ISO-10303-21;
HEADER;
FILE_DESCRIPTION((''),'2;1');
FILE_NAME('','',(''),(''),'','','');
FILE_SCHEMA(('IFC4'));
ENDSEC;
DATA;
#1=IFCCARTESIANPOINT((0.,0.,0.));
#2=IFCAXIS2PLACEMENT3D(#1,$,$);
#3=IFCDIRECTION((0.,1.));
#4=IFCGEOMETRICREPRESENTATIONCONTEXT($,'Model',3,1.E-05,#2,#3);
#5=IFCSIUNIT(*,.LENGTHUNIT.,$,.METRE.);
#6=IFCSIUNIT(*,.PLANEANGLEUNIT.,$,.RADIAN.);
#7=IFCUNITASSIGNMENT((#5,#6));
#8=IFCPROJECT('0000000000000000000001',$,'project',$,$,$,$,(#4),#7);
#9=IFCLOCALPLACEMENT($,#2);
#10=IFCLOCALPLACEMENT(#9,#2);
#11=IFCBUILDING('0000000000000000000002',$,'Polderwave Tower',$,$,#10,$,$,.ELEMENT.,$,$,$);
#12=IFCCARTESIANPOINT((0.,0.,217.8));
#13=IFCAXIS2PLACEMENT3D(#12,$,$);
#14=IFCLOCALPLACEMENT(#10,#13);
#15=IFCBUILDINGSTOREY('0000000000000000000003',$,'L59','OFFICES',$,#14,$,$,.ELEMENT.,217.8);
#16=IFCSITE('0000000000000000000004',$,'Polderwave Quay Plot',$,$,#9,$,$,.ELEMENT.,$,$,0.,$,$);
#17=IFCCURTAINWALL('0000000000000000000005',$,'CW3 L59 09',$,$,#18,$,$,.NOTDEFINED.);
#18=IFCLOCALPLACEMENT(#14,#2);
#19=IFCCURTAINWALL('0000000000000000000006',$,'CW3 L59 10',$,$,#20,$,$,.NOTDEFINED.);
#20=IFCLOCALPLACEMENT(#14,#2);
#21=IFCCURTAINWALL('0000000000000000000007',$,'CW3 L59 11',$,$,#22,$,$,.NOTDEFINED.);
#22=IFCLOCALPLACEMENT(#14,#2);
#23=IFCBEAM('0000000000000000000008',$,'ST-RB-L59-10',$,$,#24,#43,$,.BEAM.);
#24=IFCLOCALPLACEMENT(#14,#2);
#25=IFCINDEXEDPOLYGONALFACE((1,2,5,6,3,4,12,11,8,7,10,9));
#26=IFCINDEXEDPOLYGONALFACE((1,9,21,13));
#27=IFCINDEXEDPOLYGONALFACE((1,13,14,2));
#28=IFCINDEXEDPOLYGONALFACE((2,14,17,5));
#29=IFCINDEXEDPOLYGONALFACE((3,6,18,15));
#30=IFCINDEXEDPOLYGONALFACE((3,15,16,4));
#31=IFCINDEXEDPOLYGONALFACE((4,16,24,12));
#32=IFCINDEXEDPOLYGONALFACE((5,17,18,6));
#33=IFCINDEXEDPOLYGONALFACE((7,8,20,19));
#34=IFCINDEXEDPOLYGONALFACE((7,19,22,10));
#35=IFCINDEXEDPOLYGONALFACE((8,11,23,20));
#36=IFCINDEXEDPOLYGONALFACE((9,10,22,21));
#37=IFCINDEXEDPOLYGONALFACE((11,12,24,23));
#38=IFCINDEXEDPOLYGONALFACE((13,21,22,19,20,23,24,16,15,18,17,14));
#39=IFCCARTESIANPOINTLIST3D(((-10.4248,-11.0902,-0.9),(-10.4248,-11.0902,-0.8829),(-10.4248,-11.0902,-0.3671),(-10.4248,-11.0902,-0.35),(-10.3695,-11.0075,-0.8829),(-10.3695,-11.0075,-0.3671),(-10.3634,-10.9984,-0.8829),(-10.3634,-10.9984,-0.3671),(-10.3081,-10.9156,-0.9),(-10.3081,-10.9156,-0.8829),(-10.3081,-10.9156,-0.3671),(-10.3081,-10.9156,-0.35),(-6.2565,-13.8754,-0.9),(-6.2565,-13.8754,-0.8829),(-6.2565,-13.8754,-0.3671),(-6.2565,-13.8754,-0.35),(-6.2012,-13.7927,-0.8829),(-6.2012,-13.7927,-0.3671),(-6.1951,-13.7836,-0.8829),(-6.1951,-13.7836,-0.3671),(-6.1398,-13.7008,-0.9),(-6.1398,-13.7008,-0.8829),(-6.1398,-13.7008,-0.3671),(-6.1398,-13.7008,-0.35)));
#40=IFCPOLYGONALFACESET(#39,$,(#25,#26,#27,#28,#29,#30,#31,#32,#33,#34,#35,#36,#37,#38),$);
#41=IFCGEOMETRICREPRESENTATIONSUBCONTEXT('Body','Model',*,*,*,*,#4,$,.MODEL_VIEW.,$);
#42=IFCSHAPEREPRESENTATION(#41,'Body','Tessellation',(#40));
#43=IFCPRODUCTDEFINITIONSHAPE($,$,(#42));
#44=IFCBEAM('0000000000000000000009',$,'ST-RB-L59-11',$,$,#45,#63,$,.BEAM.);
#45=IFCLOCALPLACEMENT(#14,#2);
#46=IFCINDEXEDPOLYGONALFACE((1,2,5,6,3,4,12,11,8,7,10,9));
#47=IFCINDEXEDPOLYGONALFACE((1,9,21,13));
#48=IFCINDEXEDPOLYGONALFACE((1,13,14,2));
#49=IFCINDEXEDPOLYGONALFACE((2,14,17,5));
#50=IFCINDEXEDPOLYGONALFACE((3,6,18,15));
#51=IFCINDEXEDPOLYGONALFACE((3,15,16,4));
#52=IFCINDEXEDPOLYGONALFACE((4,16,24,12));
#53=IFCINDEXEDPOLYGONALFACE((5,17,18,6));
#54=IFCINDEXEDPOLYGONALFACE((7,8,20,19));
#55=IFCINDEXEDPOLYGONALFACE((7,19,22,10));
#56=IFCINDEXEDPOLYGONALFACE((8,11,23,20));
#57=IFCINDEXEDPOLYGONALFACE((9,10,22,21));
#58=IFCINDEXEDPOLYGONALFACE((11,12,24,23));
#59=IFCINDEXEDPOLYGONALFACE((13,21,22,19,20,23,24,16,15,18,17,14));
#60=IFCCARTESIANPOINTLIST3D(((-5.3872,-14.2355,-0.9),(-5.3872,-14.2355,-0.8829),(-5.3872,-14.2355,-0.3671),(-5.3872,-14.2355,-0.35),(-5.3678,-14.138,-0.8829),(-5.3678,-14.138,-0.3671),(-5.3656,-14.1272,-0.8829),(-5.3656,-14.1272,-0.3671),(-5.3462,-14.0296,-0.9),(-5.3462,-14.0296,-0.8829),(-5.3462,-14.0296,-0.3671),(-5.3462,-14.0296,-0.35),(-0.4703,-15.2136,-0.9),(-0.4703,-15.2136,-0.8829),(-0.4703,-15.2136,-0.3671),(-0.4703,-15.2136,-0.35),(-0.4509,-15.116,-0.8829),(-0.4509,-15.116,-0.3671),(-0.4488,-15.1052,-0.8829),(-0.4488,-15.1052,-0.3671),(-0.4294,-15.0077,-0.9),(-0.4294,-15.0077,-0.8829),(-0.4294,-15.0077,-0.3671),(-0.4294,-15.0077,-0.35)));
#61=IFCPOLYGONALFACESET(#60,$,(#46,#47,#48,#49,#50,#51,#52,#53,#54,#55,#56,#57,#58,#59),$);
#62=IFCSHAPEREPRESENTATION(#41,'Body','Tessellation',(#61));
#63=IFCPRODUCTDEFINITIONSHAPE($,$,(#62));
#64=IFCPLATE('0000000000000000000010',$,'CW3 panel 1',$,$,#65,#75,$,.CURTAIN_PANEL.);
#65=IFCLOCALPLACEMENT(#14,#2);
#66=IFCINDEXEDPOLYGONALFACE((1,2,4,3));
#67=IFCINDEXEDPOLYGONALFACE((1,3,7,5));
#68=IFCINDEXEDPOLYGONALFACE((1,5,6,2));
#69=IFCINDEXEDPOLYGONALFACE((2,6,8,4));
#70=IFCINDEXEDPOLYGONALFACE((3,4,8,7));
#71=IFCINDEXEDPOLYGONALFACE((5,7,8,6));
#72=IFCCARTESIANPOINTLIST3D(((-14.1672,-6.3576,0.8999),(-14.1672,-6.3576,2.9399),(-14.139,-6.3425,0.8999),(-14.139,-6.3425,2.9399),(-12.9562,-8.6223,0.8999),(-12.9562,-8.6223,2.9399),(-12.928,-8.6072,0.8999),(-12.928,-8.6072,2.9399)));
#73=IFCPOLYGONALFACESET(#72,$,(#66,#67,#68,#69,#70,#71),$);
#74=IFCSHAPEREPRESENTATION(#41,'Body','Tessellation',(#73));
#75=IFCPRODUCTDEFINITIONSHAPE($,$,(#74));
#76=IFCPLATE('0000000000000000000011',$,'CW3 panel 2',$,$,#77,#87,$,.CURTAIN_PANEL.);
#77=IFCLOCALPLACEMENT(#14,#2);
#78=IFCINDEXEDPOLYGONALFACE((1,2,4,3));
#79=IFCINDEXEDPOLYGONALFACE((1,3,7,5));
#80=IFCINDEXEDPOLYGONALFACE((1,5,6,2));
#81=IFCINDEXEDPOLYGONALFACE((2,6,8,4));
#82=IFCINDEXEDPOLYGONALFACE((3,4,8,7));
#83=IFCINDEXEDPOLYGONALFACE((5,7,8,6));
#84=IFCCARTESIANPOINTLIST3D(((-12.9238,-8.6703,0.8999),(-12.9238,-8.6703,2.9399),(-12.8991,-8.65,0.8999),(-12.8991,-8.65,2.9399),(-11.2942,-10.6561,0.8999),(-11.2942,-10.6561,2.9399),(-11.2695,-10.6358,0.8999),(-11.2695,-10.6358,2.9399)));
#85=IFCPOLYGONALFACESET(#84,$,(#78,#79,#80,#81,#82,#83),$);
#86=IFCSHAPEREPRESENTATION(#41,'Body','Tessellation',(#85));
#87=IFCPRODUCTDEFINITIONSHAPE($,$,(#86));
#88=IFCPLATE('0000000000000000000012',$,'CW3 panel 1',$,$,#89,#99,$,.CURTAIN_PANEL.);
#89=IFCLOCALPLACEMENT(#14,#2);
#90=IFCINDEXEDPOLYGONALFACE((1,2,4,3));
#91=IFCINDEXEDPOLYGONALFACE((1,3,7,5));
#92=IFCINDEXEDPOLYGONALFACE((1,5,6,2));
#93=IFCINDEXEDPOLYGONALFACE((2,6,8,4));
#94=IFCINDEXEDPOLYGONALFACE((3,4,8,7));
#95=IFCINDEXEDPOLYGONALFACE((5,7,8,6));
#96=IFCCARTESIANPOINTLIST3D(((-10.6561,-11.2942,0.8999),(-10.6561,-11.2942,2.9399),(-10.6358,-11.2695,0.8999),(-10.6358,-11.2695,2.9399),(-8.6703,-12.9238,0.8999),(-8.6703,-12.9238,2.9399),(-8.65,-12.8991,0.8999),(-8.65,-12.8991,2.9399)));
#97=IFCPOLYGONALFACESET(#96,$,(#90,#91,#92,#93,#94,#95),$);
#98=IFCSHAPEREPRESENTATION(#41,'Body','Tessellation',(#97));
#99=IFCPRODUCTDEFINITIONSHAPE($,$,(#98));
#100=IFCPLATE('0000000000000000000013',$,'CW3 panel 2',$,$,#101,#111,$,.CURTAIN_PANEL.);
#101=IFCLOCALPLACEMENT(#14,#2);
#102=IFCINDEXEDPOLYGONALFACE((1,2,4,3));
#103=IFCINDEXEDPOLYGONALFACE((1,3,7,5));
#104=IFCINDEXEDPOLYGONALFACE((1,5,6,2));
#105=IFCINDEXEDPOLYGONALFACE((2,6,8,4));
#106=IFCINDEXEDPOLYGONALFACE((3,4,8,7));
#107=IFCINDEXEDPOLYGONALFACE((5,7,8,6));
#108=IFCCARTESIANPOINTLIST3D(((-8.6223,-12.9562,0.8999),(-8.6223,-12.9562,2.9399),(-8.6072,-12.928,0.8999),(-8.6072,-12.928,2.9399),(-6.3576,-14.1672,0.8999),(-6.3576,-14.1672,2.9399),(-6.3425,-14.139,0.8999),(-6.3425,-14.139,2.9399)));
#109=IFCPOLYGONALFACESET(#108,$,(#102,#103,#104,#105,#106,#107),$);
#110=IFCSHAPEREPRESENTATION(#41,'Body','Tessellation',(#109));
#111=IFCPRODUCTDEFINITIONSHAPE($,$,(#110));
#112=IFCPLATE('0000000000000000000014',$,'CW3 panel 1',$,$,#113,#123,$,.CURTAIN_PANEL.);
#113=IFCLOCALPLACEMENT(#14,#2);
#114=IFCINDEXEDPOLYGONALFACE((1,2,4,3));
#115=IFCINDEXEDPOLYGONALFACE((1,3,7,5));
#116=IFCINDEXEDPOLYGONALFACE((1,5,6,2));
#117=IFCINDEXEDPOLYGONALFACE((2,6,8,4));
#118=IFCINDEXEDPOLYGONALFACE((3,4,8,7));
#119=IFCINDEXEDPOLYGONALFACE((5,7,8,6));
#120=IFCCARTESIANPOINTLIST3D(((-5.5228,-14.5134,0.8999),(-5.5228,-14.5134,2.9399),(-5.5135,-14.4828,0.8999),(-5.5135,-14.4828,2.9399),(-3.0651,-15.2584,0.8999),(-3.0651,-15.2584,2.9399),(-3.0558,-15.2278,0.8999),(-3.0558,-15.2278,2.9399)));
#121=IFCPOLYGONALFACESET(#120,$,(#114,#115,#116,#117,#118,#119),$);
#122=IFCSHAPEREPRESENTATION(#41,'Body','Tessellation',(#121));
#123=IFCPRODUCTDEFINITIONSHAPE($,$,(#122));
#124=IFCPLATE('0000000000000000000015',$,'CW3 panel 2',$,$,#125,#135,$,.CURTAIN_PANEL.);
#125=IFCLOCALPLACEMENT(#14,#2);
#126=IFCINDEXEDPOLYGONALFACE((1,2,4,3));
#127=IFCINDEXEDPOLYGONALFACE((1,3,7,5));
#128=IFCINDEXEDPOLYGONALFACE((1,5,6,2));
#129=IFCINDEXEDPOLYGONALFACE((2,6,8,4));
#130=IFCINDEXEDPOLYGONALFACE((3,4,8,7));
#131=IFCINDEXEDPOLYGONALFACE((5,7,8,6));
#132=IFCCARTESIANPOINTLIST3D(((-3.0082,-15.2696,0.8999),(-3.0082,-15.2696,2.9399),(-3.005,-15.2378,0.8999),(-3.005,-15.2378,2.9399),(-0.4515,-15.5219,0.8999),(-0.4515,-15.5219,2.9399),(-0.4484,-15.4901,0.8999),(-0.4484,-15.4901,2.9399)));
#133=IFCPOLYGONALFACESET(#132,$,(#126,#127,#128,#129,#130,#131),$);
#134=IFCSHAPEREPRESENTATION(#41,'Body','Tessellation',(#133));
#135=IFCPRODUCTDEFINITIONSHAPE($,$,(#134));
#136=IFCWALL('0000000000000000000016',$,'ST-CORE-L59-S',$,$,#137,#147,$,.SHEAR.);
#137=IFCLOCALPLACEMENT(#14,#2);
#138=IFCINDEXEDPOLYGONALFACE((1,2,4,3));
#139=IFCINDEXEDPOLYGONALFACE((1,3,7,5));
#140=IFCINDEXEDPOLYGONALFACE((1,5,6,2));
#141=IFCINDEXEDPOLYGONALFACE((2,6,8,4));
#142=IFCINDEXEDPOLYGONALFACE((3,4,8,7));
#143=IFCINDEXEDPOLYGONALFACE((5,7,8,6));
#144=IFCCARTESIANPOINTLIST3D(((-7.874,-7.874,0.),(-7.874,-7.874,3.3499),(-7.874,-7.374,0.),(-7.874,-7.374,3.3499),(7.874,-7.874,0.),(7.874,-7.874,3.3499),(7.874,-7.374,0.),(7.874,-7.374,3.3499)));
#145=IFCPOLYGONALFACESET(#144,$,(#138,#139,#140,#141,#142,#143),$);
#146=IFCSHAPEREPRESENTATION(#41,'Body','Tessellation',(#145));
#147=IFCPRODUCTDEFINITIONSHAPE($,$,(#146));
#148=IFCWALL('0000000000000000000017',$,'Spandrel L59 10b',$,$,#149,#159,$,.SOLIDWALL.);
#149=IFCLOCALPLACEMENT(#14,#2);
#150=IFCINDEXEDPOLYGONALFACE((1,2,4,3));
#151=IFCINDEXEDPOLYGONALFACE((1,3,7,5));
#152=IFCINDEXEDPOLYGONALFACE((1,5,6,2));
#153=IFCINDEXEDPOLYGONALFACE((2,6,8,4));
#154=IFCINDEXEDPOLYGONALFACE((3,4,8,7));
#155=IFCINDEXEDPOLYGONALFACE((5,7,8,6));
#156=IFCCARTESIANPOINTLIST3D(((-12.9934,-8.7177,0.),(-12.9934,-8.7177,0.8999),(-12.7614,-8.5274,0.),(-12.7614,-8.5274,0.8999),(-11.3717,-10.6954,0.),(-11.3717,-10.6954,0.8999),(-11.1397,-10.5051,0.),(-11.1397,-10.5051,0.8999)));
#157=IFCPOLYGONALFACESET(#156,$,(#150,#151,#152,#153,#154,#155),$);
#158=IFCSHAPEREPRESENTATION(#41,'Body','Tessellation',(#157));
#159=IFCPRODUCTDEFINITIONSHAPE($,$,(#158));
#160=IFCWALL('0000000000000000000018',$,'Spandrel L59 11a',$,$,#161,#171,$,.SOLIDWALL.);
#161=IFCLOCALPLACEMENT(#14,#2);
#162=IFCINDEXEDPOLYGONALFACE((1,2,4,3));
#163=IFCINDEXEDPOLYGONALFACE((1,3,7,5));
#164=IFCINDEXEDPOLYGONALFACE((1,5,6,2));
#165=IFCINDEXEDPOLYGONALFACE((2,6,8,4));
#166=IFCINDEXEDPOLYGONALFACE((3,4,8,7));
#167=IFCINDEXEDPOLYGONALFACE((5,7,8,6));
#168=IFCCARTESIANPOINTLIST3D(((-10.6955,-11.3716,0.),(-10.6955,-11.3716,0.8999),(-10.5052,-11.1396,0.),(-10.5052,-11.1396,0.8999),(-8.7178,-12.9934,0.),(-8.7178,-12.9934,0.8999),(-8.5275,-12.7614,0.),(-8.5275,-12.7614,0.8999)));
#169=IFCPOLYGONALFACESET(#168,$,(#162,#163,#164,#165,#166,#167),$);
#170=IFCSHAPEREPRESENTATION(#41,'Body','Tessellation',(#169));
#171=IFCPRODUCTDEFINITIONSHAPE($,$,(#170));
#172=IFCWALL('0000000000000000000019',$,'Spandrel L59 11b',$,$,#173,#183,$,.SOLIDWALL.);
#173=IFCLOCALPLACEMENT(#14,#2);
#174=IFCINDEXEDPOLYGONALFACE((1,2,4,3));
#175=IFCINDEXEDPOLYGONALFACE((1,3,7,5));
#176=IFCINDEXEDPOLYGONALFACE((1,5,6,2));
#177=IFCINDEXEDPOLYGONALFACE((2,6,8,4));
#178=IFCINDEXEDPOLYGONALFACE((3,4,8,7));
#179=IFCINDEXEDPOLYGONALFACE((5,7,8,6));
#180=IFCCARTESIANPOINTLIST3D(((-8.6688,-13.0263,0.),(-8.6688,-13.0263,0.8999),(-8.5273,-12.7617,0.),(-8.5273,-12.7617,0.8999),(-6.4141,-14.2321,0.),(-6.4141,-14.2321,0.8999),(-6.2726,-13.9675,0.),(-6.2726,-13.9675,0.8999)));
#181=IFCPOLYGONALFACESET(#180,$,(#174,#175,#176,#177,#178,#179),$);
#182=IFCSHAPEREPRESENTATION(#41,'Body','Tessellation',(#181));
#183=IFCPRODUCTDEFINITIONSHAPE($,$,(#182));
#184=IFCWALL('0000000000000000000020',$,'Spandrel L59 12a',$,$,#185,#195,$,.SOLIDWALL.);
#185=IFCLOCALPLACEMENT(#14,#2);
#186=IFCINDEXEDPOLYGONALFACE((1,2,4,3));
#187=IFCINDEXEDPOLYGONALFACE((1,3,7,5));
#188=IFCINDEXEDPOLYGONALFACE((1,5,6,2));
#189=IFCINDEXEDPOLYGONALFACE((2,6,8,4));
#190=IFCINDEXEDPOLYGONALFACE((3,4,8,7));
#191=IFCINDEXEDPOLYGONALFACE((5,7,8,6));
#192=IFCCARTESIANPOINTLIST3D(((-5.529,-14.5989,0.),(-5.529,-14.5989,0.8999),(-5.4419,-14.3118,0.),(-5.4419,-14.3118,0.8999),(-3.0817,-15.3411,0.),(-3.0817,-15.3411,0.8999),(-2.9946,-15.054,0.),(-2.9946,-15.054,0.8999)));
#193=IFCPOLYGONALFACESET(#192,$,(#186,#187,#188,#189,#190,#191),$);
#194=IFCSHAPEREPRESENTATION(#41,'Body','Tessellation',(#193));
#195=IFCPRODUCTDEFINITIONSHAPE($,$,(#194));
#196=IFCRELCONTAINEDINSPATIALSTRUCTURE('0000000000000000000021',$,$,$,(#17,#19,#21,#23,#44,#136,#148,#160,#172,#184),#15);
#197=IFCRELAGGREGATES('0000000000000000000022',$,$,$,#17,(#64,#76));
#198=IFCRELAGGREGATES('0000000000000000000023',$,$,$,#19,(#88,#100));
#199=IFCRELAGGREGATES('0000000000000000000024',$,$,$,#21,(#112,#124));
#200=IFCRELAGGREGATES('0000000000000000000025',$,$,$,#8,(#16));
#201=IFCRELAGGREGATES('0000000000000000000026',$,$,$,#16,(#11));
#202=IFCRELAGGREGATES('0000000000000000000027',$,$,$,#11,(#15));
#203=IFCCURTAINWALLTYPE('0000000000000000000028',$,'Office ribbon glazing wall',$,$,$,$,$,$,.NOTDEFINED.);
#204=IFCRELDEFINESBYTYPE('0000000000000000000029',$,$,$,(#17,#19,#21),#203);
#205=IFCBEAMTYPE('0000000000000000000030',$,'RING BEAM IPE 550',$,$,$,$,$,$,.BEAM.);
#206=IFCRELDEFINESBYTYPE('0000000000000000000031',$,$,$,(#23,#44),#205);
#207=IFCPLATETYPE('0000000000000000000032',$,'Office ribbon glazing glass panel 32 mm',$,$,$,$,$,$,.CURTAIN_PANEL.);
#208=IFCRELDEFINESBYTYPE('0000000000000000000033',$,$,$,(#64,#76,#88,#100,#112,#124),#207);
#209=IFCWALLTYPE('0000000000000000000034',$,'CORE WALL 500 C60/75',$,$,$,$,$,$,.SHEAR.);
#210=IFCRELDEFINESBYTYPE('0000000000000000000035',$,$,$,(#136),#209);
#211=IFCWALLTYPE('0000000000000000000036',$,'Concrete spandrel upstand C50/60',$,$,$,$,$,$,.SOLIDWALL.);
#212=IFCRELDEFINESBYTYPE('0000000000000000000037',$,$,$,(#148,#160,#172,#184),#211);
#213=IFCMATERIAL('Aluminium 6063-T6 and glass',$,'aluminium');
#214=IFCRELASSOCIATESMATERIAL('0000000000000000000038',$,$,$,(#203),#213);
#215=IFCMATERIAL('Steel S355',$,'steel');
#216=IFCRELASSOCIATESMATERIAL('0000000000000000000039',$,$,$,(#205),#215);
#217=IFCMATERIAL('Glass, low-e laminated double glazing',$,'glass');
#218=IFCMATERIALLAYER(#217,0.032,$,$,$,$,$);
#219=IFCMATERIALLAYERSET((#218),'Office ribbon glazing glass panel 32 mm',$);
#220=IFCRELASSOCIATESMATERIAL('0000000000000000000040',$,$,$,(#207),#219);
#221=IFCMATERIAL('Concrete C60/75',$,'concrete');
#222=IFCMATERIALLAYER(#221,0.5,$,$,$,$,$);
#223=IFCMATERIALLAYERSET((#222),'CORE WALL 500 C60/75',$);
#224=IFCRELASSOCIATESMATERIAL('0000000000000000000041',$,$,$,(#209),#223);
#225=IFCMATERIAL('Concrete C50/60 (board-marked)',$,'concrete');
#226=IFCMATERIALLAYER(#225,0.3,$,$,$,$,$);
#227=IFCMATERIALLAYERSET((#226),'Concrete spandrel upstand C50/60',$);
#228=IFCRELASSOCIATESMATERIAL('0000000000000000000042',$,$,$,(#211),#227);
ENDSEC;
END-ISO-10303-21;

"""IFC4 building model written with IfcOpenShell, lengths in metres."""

from ifc_helpers import new_model, si_unit, direction, frame, frame_2d, origin, origin_2d, place, context, subcontext, project, spatial, rectangle, i_section, extrude, material, layer, layer_set, material_profile, profile_set, type_object, element, aggregate, save


model = new_model("IFC4")

# Units and contexts
model_context = context("Model", 3, precision=1e-05, world=origin(), true_north=direction((0.0, 1.0)))
body_context = subcontext(model_context, "Body", "Model", "MODEL_VIEW")
ifc_project = project(units=[si_unit("LENGTHUNIT", "METRE"), si_unit("PLANEANGLEUNIT", "RADIAN")], contexts=[model_context])

# Site, building, storey
site_placement = place(None, origin())
site = spatial("IfcSite", under=ifc_project, at=site_placement, Name="Polderwave Quay Plot", CompositionType="ELEMENT", RefElevation=0.0)
building_placement = place(site_placement, origin())
building = spatial("IfcBuilding", under=site, at=building_placement, Name="Polderwave Tower", CompositionType="ELEMENT")
storey_placement = place(building_placement, frame((0.0, 0.0, 217.8)))
storey = spatial("IfcBuildingStorey", under=building, at=storey_placement, Name="L59", Description="OFFICES", CompositionType="ELEMENT", Elevation=217.8)

# Shared definitions
ifc_material_1 = material(Name="Concrete C60/75", Category="concrete")

# Curtain walls
ifc_material_2 = material(Name="Aluminium 6063-T6 and glass", Category="aluminium")
curtain_wall_type = type_object("IfcCurtainWallType", Name="Office ribbon glazing wall", PredefinedType="NOTDEFINED", material=ifc_material_2)
curtain_wall_1_placement = place(storey_placement, origin())
curtain_wall_1 = element("IfcCurtainWall", 1, at=curtain_wall_1_placement, inside=storey, type_object=curtain_wall_type, Name="CW3 L59 09", PredefinedType="NOTDEFINED")
curtain_wall_2_placement = place(storey_placement, origin())
curtain_wall_2 = element("IfcCurtainWall", 2, at=curtain_wall_2_placement, inside=storey, type_object=curtain_wall_type, Name="CW3 L59 10", PredefinedType="NOTDEFINED")
curtain_wall_3_placement = place(storey_placement, origin())
curtain_wall_3 = element("IfcCurtainWall", 3, at=curtain_wall_3_placement, inside=storey, type_object=curtain_wall_type, Name="CW3 L59 11", PredefinedType="NOTDEFINED")

# Beams
ifc_material_3 = material(Name="Steel S355", Category="steel")
ifc_material_profile_1 = material_profile(ifc_material_3, i_section(OverallWidth=0.21, OverallDepth=0.55, WebThickness=0.011, FlangeThickness=0.0171, at=origin_2d()), Name="IPE 550")
ifc_profile_set_1 = profile_set([ifc_material_profile_1], Name="Steel S355")
beam_type = type_object("IfcBeamType", Name="RING BEAM IPE 550", PredefinedType="BEAM", material=ifc_profile_set_1)
for number, where, z_axis, x_axis, name in (
    (4, (-10.3665, -11.0029, -0.625), (0.831465, -0.555576, 0.0), (0.555576, 0.831465, 0.0), "ST-RB-L59-10"),
    (5, (-5.3667, -14.1326, -0.625), (0.980784, -0.195095, 0.0), (0.195095, 0.980784, 0.0), "ST-RB-L59-11"),
):
    element("IfcBeam", number, at=place(storey_placement, frame(where, z_axis=z_axis, x_axis=x_axis)), inside=storey, type_object=beam_type, Name=name, PredefinedType="BEAM", context=body_context, shape_type="SweptSolid", body=[
        extrude(i_section(OverallWidth=0.21, OverallDepth=0.55, WebThickness=0.011, FlangeThickness=0.0171, at=origin_2d()), origin(), (0.0, 0.0, 1.0), 5.0132),
    ])

# Plates
ifc_material_4 = material(Name="Glass, low-e laminated double glazing", Category="glass")
ifc_layer_1 = layer(ifc_material_4, 0.032)
ifc_layer_set_1 = layer_set([ifc_layer_1], Name="Office ribbon glazing glass panel 32 mm")
plate_type = type_object("IfcPlateType", Name="Office ribbon glazing glass panel 32 mm", PredefinedType="CURTAIN_PANEL", material=ifc_layer_set_1)
plate_1_placement = place(storey_placement, frame((-13.5476, -7.4824, 0.8999), z_axis=(0.0, 0.0, 1.0), x_axis=(0.471548, -0.881841, 0.0)))
plate_1 = element("IfcPlate", 6, at=plate_1_placement, type_object=plate_type, Name="CW3 panel 1", PredefinedType="CURTAIN_PANEL", context=body_context, shape_type="SweptSolid", body=[
    extrude(rectangle(XDim=2.5681, YDim=0.032, at=origin_2d()), origin(), (0.0, 0.0, 1.0), 2.04),
])
plate_2_placement = place(storey_placement, frame((-12.0967, -9.6531, 0.8999), z_axis=(0.0, 0.0, 1.0), x_axis=(0.63437, -0.773029, 0.0)))
plate_2 = element("IfcPlate", 7, at=plate_2_placement, type_object=plate_type, Name="CW3 panel 2", PredefinedType="CURTAIN_PANEL", context=body_context, shape_type="SweptSolid", body=[
    extrude(rectangle(XDim=2.5688, YDim=0.032, at=origin_2d()), origin(), (0.0, 0.0, 1.0), 2.04),
])
aggregate(curtain_wall_1, [plate_1, plate_2])
plate_3_placement = place(storey_placement, frame((-9.6531, -12.0967, 0.8999), z_axis=(0.0, 0.0, 1.0), x_axis=(0.773029, -0.63437, 0.0)))
plate_3 = element("IfcPlate", 8, at=plate_3_placement, type_object=plate_type, Name="CW3 panel 1", PredefinedType="CURTAIN_PANEL", context=body_context, shape_type="SweptSolid", body=[
    extrude(rectangle(XDim=2.5688, YDim=0.032, at=origin_2d()), origin(), (0.0, 0.0, 1.0), 2.04),
])
plate_4_placement = place(storey_placement, frame((-7.4824, -13.5476, 0.8999), z_axis=(0.0, 0.0, 1.0), x_axis=(0.881841, -0.471548, 0.0)))
plate_4 = element("IfcPlate", 9, at=plate_4_placement, type_object=plate_type, Name="CW3 panel 2", PredefinedType="CURTAIN_PANEL", context=body_context, shape_type="SweptSolid", body=[
    extrude(rectangle(XDim=2.5681, YDim=0.032, at=origin_2d()), origin(), (0.0, 0.0, 1.0), 2.04),
])
aggregate(curtain_wall_2, [plate_3, plate_4])
plate_5_placement = place(storey_placement, frame((-4.2893, -14.8706, 0.8999), z_axis=(0.0, 0.0, 1.0), x_axis=(0.956995, -0.290104, 0.0)))
plate_5 = element("IfcPlate", 10, at=plate_5_placement, type_object=plate_type, Name="CW3 panel 1", PredefinedType="CURTAIN_PANEL", context=body_context, shape_type="SweptSolid", body=[
    extrude(rectangle(XDim=2.5681, YDim=0.032, at=origin_2d()), origin(), (0.0, 0.0, 1.0), 2.04),
])
plate_6_placement = place(storey_placement, frame((-1.7283, -15.3799, 0.8999), z_axis=(0.0, 0.0, 1.0), x_axis=(0.995166, -0.098206, 0.0)))
plate_6 = element("IfcPlate", 11, at=plate_6_placement, type_object=plate_type, Name="CW3 panel 2", PredefinedType="CURTAIN_PANEL", context=body_context, shape_type="SweptSolid", body=[
    extrude(rectangle(XDim=2.5691, YDim=0.032, at=origin_2d()), origin(), (0.0, 0.0, 1.0), 2.04),
])
aggregate(curtain_wall_3, [plate_5, plate_6])

# Walls
ifc_layer_2 = layer(ifc_material_1, 0.5)
ifc_layer_set_2 = layer_set([ifc_layer_2], Name="CORE WALL 500 C60/75")
wall_type_1 = type_object("IfcWallType", Name="CORE WALL 500 C60/75", PredefinedType="SHEAR", material=ifc_layer_set_2)
wall_1_placement = place(storey_placement, frame((-7.874, -7.624, 0.0), z_axis=(0.0, 0.0, 1.0), x_axis=(1.0, 0.0, 0.0)))
element("IfcWall", 12, at=wall_1_placement, inside=storey, type_object=wall_type_1, Name="ST-CORE-L59-S", PredefinedType="SHEAR", context=body_context, shape_type="SweptSolid", body=[
    extrude(rectangle(XDim=15.748, YDim=0.5, at=frame_2d((7.874, 0.0))), origin(), (0.0, 0.0, 1.0), 3.3499),
])
ifc_material_5 = material(Name="Concrete C50/60 (board-marked)", Category="concrete")
ifc_layer_3 = layer(ifc_material_5, 0.3)
ifc_layer_set_3 = layer_set([ifc_layer_3], Name="Concrete spandrel upstand C50/60")
wall_type_2 = type_object("IfcWallType", Name="Concrete spandrel upstand C50/60", PredefinedType="SOLIDWALL", material=ifc_layer_set_3)
for number, where, z_axis, x_axis, name in (
    (13, (-12.8774, -8.6226, 0.0), (0.0, 0.0, 1.0), (0.63409, -0.773259, 0.0), "Spandrel L59 10b"),
    (14, (-10.6003, -11.2556, 0.0), (0.0, 0.0, 1.0), (0.773259, -0.63409, 0.0), "Spandrel L59 11a"),
):
    element("IfcWall", number, at=place(storey_placement, frame(where, z_axis=z_axis, x_axis=x_axis)), inside=storey, type_object=wall_type_2, Name=name, PredefinedType="SOLIDWALL", context=body_context, shape_type="SweptSolid", body=[
        extrude(rectangle(XDim=2.5576, YDim=0.3, at=frame_2d((1.2788, 0.0))), origin(), (0.0, 0.0, 1.0), 0.8999),
    ])
wall_2_placement = place(storey_placement, frame((-8.5979, -12.894, 0.0), z_axis=(0.0, 0.0, 1.0), x_axis=(0.88181, -0.471604, 0.0)))
element("IfcWall", 15, at=wall_2_placement, inside=storey, type_object=wall_type_2, Name="Spandrel L59 11b", PredefinedType="SOLIDWALL", context=body_context, shape_type="SweptSolid", body=[
    extrude(rectangle(XDim=2.5569, YDim=0.3, at=frame_2d((1.2783, 0.0))), origin(), (0.0, 0.0, 1.0), 0.8999),
])
wall_3_placement = place(storey_placement, frame((-5.4856, -14.4553, 0.0), z_axis=(0.0, 0.0, 1.0), x_axis=(0.95696, -0.290219, 0.0)))
element("IfcWall", 16, at=wall_3_placement, inside=storey, type_object=wall_type_2, Name="Spandrel L59 12a", PredefinedType="SOLIDWALL", context=body_context, shape_type="SweptSolid", body=[
    extrude(rectangle(XDim=2.5574, YDim=0.3, at=frame_2d((1.2788, 0.0))), origin(), (0.0, 0.0, 1.0), 0.8999),
])

save(model, "model.ifc")
